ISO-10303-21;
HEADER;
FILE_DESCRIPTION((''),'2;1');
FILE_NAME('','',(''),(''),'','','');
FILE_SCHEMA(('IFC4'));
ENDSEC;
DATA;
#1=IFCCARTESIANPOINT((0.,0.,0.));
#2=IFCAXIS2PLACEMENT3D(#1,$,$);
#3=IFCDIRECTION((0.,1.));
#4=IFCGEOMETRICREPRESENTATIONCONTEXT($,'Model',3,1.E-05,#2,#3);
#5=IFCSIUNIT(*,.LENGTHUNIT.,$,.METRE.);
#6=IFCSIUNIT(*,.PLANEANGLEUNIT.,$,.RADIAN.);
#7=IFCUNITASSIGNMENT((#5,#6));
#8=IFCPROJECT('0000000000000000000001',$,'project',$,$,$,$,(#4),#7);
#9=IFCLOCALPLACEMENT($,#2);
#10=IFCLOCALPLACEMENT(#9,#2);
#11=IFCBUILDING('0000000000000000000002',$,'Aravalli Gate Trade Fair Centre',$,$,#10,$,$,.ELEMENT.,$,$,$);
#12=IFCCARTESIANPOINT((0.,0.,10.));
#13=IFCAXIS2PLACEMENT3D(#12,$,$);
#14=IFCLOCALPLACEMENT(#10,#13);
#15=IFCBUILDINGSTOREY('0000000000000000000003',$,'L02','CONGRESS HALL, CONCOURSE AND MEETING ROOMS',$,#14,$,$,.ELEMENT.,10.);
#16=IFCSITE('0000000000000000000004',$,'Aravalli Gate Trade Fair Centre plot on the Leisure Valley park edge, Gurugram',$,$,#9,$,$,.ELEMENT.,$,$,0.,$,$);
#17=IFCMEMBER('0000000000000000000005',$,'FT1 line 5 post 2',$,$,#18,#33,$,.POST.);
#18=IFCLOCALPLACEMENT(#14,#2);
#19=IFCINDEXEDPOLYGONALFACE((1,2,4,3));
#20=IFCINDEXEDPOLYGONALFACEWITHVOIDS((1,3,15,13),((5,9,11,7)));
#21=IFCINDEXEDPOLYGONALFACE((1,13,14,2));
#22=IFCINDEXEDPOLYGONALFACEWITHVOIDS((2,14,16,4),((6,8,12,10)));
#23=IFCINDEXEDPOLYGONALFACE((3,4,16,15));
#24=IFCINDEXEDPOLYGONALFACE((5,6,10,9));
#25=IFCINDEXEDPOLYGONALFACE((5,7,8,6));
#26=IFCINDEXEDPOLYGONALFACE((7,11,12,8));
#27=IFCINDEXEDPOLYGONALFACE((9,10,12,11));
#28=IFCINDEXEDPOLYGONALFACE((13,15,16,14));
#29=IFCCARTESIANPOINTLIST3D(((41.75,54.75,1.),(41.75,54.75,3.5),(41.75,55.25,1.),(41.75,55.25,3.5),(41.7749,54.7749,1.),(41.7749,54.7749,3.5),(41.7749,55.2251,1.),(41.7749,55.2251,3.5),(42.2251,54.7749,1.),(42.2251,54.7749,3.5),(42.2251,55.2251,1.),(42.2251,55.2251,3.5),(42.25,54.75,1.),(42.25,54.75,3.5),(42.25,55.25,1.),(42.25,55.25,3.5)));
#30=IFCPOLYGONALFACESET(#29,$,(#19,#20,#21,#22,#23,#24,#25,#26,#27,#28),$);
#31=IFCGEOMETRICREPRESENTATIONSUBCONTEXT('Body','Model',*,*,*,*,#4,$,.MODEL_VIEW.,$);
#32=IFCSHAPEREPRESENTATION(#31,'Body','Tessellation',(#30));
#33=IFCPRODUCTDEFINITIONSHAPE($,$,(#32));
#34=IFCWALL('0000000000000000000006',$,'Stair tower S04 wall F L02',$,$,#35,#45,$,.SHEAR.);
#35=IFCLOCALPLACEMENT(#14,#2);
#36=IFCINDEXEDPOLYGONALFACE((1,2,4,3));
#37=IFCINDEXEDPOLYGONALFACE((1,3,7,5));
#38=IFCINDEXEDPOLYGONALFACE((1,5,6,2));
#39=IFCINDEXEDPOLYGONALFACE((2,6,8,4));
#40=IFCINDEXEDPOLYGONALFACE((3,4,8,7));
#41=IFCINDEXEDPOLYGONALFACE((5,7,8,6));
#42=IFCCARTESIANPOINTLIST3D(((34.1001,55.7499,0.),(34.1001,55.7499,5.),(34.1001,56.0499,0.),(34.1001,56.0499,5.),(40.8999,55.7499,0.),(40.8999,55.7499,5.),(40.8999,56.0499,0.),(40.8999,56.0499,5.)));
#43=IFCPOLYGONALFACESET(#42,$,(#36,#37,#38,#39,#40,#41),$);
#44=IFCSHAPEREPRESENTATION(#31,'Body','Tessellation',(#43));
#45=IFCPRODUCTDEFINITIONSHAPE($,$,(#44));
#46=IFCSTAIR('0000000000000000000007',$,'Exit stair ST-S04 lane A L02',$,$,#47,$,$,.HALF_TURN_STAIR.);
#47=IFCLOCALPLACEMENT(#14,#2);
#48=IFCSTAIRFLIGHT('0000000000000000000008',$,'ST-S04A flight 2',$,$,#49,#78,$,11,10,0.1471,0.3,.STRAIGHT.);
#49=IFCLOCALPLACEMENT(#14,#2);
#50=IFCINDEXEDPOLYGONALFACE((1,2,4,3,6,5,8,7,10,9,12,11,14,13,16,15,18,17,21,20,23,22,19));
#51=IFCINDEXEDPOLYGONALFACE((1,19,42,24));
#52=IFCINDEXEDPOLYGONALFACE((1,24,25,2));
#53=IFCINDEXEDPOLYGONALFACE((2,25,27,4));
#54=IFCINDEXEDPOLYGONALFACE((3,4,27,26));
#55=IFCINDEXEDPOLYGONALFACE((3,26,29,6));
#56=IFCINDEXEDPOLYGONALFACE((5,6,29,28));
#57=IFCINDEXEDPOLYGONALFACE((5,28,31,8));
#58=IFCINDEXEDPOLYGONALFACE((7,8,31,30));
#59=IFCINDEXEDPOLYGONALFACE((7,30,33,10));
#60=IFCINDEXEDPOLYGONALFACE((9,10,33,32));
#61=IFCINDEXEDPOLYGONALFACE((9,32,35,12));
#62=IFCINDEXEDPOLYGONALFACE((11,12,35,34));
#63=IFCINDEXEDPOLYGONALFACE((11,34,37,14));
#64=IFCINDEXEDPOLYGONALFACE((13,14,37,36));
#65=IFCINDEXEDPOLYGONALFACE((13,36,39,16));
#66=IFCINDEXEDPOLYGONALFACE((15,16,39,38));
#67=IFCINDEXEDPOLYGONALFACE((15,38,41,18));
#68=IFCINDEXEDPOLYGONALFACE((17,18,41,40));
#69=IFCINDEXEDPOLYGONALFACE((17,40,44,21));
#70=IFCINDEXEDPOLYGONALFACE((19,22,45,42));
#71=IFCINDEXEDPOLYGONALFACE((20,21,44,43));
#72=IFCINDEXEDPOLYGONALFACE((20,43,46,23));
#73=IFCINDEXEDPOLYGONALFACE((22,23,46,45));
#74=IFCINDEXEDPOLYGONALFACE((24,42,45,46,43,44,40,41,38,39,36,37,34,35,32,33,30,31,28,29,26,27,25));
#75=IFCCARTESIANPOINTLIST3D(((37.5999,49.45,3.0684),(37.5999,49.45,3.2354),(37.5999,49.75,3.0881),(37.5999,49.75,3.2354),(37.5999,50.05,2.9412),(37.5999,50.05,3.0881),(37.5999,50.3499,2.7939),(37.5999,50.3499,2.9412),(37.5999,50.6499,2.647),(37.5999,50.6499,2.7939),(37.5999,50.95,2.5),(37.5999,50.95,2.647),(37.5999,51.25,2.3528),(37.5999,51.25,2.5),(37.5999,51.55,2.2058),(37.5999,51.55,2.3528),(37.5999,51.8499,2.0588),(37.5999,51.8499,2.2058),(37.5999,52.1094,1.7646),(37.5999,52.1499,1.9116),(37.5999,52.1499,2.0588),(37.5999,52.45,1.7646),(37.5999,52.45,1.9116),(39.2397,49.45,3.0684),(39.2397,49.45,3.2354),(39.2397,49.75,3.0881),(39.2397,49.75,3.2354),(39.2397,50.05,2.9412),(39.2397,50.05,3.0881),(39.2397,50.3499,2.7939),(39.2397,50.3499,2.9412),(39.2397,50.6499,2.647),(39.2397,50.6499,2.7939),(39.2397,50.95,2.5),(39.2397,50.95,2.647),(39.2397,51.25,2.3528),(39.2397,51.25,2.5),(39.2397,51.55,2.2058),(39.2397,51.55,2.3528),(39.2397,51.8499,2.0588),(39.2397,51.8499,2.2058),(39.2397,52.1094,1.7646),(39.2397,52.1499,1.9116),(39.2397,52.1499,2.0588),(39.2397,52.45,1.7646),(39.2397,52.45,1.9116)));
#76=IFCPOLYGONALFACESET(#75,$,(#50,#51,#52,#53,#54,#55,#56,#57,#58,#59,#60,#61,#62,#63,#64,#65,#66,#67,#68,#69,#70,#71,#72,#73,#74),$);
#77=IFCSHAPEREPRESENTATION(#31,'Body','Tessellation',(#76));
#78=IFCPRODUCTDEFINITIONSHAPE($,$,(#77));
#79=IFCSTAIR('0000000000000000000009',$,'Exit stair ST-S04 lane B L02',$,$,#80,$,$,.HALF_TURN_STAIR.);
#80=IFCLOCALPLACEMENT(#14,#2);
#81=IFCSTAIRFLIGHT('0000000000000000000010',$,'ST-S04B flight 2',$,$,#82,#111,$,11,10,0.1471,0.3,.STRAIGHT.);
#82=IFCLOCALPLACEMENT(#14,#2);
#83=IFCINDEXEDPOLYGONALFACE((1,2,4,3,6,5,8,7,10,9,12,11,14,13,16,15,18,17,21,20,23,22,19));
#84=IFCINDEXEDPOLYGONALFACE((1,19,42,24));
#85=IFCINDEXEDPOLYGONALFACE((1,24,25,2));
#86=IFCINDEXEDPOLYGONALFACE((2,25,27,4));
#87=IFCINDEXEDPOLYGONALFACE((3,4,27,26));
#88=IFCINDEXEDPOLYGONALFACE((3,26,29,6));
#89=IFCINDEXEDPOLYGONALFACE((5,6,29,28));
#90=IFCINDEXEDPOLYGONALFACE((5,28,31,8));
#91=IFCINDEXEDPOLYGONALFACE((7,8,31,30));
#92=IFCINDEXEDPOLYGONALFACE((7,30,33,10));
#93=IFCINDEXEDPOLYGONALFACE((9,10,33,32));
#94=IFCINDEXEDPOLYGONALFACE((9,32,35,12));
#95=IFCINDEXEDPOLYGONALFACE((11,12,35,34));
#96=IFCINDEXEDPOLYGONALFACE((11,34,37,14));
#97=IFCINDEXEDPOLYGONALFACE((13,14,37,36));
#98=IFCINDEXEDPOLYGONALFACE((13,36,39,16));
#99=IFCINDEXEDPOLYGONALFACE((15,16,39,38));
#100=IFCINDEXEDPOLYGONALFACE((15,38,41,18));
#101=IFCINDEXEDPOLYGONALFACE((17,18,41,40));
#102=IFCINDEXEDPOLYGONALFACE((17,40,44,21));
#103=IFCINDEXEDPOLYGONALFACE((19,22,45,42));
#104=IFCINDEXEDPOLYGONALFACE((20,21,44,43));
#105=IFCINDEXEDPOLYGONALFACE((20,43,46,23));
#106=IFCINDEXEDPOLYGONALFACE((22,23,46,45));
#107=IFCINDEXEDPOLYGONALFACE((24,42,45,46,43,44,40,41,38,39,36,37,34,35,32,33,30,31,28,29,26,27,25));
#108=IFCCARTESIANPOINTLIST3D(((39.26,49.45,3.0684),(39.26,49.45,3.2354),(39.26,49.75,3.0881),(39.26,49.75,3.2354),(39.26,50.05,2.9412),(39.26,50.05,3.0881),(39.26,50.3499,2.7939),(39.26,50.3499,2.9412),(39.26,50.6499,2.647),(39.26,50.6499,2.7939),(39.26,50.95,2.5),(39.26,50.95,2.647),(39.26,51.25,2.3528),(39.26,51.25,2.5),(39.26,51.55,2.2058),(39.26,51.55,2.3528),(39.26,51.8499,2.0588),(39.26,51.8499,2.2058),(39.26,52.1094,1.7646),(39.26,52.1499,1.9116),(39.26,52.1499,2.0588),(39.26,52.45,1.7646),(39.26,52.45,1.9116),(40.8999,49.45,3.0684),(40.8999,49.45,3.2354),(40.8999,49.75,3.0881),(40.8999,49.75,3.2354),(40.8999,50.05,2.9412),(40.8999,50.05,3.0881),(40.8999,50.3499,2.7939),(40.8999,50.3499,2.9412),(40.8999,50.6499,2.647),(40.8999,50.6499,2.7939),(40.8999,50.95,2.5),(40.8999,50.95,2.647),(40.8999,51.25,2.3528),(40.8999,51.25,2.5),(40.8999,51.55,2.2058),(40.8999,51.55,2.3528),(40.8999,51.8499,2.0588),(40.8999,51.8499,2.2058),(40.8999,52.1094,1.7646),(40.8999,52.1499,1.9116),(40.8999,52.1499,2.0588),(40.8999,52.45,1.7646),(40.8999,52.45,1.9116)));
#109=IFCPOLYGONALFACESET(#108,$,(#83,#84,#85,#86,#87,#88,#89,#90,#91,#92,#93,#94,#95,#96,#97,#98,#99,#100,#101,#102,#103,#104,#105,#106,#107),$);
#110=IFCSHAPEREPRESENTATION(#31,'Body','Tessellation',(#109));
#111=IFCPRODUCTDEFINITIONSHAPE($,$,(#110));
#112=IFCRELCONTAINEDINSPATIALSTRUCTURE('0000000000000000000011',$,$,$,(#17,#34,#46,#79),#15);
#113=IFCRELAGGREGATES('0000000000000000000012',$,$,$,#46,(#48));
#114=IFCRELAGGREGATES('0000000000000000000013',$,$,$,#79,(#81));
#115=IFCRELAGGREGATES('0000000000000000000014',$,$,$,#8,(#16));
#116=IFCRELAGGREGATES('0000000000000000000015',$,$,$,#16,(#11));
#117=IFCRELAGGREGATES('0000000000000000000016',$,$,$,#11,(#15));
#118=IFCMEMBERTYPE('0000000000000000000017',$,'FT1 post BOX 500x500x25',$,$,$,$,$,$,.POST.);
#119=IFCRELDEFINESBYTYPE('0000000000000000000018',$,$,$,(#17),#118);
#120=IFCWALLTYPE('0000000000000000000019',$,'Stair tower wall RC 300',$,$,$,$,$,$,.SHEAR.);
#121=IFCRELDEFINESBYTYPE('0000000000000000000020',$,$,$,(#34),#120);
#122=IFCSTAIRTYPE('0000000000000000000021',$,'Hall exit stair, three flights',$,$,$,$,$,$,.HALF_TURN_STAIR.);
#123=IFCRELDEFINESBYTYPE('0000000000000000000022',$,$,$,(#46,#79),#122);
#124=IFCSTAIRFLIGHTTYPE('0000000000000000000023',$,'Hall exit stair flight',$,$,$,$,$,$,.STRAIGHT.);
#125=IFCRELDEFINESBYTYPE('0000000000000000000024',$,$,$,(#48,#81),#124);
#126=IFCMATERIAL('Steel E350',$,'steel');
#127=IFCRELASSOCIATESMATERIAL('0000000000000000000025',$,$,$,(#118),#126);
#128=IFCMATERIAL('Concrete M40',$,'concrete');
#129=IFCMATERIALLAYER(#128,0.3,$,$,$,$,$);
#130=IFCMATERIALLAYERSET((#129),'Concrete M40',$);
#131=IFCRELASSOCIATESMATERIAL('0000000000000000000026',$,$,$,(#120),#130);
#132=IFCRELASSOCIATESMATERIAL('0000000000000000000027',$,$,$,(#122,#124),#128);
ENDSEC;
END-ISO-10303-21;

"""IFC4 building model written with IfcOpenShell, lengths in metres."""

from ifc_helpers import new_model, si_unit, direction, frame, frame_2d, origin, origin_2d, place, context, subcontext, project, spatial, polyline, rectangle, hollow_rectangle, outline, extrude, material, layer, layer_set, material_profile, profile_set, type_object, element, aggregate, save


model = new_model("IFC4")

# Units and contexts
model_context = context("Model", 3, precision=1e-05, world=origin(), true_north=direction((0.0, 1.0)))
body_context = subcontext(model_context, "Body", "Model", "MODEL_VIEW")
ifc_project = project(units=[si_unit("LENGTHUNIT", "METRE"), si_unit("PLANEANGLEUNIT", "RADIAN")], contexts=[model_context])

# Site, building, storey
site_placement = place(None, origin())
site = spatial("IfcSite", under=ifc_project, at=site_placement, Name="Aravalli Gate Trade Fair Centre plot on the Leisure Valley park edge, Gurugram", CompositionType="ELEMENT", RefElevation=0.0)
building_placement = place(site_placement, origin())
building = spatial("IfcBuilding", under=site, at=building_placement, Name="Aravalli Gate Trade Fair Centre", CompositionType="ELEMENT")
storey_placement = place(building_placement, frame((0.0, 0.0, 10.0)))
storey = spatial("IfcBuildingStorey", under=building, at=storey_placement, Name="L02", Description="CONGRESS HALL, CONCOURSE AND MEETING ROOMS", CompositionType="ELEMENT", Elevation=10.0)

# Member
ifc_material_1 = material(Name="Steel E350", Category="steel")
ifc_material_profile_1 = material_profile(ifc_material_1, hollow_rectangle(XDim=0.5, YDim=0.5, WallThickness=0.0249, at=origin_2d()), Name="BOX 500x500x25")
ifc_profile_set_1 = profile_set([ifc_material_profile_1], Name="Steel E350")
member_type_1 = type_object("IfcMemberType", Name="FT1 post BOX 500x500x25", PredefinedType="POST", material=ifc_profile_set_1)
for number, where, z_axis, x_axis, name in (
    (1, (42.0, 55.0, 1.0), (0.0, 0.0, 1.0), (1.0, 0.0, 0.0), "FT1 line 5 post 2"),
):
    element("IfcMember", number, at=place(storey_placement, frame(where, z_axis=z_axis, x_axis=x_axis)), inside=storey, type_object=member_type_1, Name=name, PredefinedType="POST", context=body_context, shape_type="SweptSolid", body=[
        extrude(hollow_rectangle(XDim=0.5, YDim=0.5, WallThickness=0.0249, at=origin_2d()), origin(), (0.0, 0.0, 1.0), 2.5),
    ])

# Wall
ifc_material_2 = material(Name="Concrete M40", Category="concrete")
ifc_layer_1 = layer(ifc_material_2, 0.3)
ifc_layer_set_1 = layer_set([ifc_layer_1], Name="Concrete M40")
wall_type = type_object("IfcWallType", Name="Stair tower wall RC 300", PredefinedType="SHEAR", material=ifc_layer_set_1)
wall_placement = place(storey_placement, frame((34.1001, 55.8999, 0.0), z_axis=(0.0, 0.0, 1.0), x_axis=(1.0, 0.0, 0.0)))
element("IfcWall", 2, at=wall_placement, inside=storey, type_object=wall_type, Name="Stair tower S04 wall F L02", PredefinedType="SHEAR", context=body_context, shape_type="SweptSolid", body=[
    extrude(rectangle(XDim=6.7998, YDim=0.3, at=frame_2d((3.3999, 0.0))), origin(), (0.0, 0.0, 1.0), 5.0),
])

# Stairs, stair flights
stair_type = type_object("IfcStairType", Name="Hall exit stair, three flights", PredefinedType="HALF_TURN_STAIR", material=ifc_material_2)
stair_1_placement = place(storey_placement, origin())
stair_1 = element("IfcStair", 3, at=stair_1_placement, inside=storey, type_object=stair_type, Name="Exit stair ST-S04 lane A L02", PredefinedType="HALF_TURN_STAIR")
stair_flight_type = type_object("IfcStairFlightType", Name="Hall exit stair flight", PredefinedType="STRAIGHT", material=ifc_material_2)
stair_flight_1_placement = place(storey_placement, frame((38.4199, 52.45, 1.7646), z_axis=(0.0, 0.0, 1.0), x_axis=(0.0, -1.0, 0.0)))
stair_flight_1 = element("IfcStairFlight", 4, at=stair_flight_1_placement, type_object=stair_flight_type, Name="ST-S04A flight 2", NumberOfRisers=11, NumberOfTreads=10, PredefinedType="STRAIGHT", RiserHeight=0.1471, TreadLength=0.3, context=body_context, shape_type="SweptSolid", body=[
    extrude(outline(polyline([(0.0, 0.0), (0.0, 0.147), (0.3, 0.147), (0.3, 0.2942), (0.6001, 0.2942), (0.6001, 0.4412), (0.8999, 0.4412), (0.8999, 0.5881), (1.2, 0.5881), (1.2, 0.7354), (1.5, 0.7354), (1.5, 0.8823), (1.8, 0.8823), (1.8, 1.0293), (2.1001, 1.0293), (2.1001, 1.1765), (2.3999, 1.1765), (2.3999, 1.3235), (2.7, 1.3235), (2.7, 1.4707), (3.0, 1.4707), (3.0, 1.6177), (3.0, 1.3037), (0.3406, 0.0), (0.0, 0.0)])), frame((0.0, 0.8198, 0.0), z_axis=(0.0, -1.0, 0.0), x_axis=(1.0, 0.0, 0.0)), (0.0, 0.0, 1.0), 1.6399),
])
aggregate(stair_1, [stair_flight_1])
stair_2_placement = place(storey_placement, origin())
stair_2 = element("IfcStair", 5, at=stair_2_placement, inside=storey, type_object=stair_type, Name="Exit stair ST-S04 lane B L02", PredefinedType="HALF_TURN_STAIR")
stair_flight_2_placement = place(storey_placement, frame((40.0801, 52.45, 1.7646), z_axis=(0.0, 0.0, 1.0), x_axis=(0.0, -1.0, 0.0)))
stair_flight_2 = element("IfcStairFlight", 6, at=stair_flight_2_placement, type_object=stair_flight_type, Name="ST-S04B flight 2", NumberOfRisers=11, NumberOfTreads=10, PredefinedType="STRAIGHT", RiserHeight=0.1471, TreadLength=0.3, context=body_context, shape_type="SweptSolid", body=[
    extrude(outline(polyline([(0.0, 0.0), (0.0, 0.147), (0.3, 0.147), (0.3, 0.2942), (0.6001, 0.2942), (0.6001, 0.4412), (0.8999, 0.4412), (0.8999, 0.5881), (1.2, 0.5881), (1.2, 0.7354), (1.5, 0.7354), (1.5, 0.8823), (1.8, 0.8823), (1.8, 1.0293), (2.1001, 1.0293), (2.1001, 1.1765), (2.3999, 1.1765), (2.3999, 1.3235), (2.7, 1.3235), (2.7, 1.4707), (3.0, 1.4707), (3.0, 1.6177), (3.0, 1.3037), (0.3406, 0.0), (0.0, 0.0)])), frame((0.0, 0.8198, 0.0), z_axis=(0.0, -1.0, 0.0), x_axis=(1.0, 0.0, 0.0)), (0.0, 0.0, 1.0), 1.6399),
])
aggregate(stair_2, [stair_flight_2])

save(model, "model.ifc")
